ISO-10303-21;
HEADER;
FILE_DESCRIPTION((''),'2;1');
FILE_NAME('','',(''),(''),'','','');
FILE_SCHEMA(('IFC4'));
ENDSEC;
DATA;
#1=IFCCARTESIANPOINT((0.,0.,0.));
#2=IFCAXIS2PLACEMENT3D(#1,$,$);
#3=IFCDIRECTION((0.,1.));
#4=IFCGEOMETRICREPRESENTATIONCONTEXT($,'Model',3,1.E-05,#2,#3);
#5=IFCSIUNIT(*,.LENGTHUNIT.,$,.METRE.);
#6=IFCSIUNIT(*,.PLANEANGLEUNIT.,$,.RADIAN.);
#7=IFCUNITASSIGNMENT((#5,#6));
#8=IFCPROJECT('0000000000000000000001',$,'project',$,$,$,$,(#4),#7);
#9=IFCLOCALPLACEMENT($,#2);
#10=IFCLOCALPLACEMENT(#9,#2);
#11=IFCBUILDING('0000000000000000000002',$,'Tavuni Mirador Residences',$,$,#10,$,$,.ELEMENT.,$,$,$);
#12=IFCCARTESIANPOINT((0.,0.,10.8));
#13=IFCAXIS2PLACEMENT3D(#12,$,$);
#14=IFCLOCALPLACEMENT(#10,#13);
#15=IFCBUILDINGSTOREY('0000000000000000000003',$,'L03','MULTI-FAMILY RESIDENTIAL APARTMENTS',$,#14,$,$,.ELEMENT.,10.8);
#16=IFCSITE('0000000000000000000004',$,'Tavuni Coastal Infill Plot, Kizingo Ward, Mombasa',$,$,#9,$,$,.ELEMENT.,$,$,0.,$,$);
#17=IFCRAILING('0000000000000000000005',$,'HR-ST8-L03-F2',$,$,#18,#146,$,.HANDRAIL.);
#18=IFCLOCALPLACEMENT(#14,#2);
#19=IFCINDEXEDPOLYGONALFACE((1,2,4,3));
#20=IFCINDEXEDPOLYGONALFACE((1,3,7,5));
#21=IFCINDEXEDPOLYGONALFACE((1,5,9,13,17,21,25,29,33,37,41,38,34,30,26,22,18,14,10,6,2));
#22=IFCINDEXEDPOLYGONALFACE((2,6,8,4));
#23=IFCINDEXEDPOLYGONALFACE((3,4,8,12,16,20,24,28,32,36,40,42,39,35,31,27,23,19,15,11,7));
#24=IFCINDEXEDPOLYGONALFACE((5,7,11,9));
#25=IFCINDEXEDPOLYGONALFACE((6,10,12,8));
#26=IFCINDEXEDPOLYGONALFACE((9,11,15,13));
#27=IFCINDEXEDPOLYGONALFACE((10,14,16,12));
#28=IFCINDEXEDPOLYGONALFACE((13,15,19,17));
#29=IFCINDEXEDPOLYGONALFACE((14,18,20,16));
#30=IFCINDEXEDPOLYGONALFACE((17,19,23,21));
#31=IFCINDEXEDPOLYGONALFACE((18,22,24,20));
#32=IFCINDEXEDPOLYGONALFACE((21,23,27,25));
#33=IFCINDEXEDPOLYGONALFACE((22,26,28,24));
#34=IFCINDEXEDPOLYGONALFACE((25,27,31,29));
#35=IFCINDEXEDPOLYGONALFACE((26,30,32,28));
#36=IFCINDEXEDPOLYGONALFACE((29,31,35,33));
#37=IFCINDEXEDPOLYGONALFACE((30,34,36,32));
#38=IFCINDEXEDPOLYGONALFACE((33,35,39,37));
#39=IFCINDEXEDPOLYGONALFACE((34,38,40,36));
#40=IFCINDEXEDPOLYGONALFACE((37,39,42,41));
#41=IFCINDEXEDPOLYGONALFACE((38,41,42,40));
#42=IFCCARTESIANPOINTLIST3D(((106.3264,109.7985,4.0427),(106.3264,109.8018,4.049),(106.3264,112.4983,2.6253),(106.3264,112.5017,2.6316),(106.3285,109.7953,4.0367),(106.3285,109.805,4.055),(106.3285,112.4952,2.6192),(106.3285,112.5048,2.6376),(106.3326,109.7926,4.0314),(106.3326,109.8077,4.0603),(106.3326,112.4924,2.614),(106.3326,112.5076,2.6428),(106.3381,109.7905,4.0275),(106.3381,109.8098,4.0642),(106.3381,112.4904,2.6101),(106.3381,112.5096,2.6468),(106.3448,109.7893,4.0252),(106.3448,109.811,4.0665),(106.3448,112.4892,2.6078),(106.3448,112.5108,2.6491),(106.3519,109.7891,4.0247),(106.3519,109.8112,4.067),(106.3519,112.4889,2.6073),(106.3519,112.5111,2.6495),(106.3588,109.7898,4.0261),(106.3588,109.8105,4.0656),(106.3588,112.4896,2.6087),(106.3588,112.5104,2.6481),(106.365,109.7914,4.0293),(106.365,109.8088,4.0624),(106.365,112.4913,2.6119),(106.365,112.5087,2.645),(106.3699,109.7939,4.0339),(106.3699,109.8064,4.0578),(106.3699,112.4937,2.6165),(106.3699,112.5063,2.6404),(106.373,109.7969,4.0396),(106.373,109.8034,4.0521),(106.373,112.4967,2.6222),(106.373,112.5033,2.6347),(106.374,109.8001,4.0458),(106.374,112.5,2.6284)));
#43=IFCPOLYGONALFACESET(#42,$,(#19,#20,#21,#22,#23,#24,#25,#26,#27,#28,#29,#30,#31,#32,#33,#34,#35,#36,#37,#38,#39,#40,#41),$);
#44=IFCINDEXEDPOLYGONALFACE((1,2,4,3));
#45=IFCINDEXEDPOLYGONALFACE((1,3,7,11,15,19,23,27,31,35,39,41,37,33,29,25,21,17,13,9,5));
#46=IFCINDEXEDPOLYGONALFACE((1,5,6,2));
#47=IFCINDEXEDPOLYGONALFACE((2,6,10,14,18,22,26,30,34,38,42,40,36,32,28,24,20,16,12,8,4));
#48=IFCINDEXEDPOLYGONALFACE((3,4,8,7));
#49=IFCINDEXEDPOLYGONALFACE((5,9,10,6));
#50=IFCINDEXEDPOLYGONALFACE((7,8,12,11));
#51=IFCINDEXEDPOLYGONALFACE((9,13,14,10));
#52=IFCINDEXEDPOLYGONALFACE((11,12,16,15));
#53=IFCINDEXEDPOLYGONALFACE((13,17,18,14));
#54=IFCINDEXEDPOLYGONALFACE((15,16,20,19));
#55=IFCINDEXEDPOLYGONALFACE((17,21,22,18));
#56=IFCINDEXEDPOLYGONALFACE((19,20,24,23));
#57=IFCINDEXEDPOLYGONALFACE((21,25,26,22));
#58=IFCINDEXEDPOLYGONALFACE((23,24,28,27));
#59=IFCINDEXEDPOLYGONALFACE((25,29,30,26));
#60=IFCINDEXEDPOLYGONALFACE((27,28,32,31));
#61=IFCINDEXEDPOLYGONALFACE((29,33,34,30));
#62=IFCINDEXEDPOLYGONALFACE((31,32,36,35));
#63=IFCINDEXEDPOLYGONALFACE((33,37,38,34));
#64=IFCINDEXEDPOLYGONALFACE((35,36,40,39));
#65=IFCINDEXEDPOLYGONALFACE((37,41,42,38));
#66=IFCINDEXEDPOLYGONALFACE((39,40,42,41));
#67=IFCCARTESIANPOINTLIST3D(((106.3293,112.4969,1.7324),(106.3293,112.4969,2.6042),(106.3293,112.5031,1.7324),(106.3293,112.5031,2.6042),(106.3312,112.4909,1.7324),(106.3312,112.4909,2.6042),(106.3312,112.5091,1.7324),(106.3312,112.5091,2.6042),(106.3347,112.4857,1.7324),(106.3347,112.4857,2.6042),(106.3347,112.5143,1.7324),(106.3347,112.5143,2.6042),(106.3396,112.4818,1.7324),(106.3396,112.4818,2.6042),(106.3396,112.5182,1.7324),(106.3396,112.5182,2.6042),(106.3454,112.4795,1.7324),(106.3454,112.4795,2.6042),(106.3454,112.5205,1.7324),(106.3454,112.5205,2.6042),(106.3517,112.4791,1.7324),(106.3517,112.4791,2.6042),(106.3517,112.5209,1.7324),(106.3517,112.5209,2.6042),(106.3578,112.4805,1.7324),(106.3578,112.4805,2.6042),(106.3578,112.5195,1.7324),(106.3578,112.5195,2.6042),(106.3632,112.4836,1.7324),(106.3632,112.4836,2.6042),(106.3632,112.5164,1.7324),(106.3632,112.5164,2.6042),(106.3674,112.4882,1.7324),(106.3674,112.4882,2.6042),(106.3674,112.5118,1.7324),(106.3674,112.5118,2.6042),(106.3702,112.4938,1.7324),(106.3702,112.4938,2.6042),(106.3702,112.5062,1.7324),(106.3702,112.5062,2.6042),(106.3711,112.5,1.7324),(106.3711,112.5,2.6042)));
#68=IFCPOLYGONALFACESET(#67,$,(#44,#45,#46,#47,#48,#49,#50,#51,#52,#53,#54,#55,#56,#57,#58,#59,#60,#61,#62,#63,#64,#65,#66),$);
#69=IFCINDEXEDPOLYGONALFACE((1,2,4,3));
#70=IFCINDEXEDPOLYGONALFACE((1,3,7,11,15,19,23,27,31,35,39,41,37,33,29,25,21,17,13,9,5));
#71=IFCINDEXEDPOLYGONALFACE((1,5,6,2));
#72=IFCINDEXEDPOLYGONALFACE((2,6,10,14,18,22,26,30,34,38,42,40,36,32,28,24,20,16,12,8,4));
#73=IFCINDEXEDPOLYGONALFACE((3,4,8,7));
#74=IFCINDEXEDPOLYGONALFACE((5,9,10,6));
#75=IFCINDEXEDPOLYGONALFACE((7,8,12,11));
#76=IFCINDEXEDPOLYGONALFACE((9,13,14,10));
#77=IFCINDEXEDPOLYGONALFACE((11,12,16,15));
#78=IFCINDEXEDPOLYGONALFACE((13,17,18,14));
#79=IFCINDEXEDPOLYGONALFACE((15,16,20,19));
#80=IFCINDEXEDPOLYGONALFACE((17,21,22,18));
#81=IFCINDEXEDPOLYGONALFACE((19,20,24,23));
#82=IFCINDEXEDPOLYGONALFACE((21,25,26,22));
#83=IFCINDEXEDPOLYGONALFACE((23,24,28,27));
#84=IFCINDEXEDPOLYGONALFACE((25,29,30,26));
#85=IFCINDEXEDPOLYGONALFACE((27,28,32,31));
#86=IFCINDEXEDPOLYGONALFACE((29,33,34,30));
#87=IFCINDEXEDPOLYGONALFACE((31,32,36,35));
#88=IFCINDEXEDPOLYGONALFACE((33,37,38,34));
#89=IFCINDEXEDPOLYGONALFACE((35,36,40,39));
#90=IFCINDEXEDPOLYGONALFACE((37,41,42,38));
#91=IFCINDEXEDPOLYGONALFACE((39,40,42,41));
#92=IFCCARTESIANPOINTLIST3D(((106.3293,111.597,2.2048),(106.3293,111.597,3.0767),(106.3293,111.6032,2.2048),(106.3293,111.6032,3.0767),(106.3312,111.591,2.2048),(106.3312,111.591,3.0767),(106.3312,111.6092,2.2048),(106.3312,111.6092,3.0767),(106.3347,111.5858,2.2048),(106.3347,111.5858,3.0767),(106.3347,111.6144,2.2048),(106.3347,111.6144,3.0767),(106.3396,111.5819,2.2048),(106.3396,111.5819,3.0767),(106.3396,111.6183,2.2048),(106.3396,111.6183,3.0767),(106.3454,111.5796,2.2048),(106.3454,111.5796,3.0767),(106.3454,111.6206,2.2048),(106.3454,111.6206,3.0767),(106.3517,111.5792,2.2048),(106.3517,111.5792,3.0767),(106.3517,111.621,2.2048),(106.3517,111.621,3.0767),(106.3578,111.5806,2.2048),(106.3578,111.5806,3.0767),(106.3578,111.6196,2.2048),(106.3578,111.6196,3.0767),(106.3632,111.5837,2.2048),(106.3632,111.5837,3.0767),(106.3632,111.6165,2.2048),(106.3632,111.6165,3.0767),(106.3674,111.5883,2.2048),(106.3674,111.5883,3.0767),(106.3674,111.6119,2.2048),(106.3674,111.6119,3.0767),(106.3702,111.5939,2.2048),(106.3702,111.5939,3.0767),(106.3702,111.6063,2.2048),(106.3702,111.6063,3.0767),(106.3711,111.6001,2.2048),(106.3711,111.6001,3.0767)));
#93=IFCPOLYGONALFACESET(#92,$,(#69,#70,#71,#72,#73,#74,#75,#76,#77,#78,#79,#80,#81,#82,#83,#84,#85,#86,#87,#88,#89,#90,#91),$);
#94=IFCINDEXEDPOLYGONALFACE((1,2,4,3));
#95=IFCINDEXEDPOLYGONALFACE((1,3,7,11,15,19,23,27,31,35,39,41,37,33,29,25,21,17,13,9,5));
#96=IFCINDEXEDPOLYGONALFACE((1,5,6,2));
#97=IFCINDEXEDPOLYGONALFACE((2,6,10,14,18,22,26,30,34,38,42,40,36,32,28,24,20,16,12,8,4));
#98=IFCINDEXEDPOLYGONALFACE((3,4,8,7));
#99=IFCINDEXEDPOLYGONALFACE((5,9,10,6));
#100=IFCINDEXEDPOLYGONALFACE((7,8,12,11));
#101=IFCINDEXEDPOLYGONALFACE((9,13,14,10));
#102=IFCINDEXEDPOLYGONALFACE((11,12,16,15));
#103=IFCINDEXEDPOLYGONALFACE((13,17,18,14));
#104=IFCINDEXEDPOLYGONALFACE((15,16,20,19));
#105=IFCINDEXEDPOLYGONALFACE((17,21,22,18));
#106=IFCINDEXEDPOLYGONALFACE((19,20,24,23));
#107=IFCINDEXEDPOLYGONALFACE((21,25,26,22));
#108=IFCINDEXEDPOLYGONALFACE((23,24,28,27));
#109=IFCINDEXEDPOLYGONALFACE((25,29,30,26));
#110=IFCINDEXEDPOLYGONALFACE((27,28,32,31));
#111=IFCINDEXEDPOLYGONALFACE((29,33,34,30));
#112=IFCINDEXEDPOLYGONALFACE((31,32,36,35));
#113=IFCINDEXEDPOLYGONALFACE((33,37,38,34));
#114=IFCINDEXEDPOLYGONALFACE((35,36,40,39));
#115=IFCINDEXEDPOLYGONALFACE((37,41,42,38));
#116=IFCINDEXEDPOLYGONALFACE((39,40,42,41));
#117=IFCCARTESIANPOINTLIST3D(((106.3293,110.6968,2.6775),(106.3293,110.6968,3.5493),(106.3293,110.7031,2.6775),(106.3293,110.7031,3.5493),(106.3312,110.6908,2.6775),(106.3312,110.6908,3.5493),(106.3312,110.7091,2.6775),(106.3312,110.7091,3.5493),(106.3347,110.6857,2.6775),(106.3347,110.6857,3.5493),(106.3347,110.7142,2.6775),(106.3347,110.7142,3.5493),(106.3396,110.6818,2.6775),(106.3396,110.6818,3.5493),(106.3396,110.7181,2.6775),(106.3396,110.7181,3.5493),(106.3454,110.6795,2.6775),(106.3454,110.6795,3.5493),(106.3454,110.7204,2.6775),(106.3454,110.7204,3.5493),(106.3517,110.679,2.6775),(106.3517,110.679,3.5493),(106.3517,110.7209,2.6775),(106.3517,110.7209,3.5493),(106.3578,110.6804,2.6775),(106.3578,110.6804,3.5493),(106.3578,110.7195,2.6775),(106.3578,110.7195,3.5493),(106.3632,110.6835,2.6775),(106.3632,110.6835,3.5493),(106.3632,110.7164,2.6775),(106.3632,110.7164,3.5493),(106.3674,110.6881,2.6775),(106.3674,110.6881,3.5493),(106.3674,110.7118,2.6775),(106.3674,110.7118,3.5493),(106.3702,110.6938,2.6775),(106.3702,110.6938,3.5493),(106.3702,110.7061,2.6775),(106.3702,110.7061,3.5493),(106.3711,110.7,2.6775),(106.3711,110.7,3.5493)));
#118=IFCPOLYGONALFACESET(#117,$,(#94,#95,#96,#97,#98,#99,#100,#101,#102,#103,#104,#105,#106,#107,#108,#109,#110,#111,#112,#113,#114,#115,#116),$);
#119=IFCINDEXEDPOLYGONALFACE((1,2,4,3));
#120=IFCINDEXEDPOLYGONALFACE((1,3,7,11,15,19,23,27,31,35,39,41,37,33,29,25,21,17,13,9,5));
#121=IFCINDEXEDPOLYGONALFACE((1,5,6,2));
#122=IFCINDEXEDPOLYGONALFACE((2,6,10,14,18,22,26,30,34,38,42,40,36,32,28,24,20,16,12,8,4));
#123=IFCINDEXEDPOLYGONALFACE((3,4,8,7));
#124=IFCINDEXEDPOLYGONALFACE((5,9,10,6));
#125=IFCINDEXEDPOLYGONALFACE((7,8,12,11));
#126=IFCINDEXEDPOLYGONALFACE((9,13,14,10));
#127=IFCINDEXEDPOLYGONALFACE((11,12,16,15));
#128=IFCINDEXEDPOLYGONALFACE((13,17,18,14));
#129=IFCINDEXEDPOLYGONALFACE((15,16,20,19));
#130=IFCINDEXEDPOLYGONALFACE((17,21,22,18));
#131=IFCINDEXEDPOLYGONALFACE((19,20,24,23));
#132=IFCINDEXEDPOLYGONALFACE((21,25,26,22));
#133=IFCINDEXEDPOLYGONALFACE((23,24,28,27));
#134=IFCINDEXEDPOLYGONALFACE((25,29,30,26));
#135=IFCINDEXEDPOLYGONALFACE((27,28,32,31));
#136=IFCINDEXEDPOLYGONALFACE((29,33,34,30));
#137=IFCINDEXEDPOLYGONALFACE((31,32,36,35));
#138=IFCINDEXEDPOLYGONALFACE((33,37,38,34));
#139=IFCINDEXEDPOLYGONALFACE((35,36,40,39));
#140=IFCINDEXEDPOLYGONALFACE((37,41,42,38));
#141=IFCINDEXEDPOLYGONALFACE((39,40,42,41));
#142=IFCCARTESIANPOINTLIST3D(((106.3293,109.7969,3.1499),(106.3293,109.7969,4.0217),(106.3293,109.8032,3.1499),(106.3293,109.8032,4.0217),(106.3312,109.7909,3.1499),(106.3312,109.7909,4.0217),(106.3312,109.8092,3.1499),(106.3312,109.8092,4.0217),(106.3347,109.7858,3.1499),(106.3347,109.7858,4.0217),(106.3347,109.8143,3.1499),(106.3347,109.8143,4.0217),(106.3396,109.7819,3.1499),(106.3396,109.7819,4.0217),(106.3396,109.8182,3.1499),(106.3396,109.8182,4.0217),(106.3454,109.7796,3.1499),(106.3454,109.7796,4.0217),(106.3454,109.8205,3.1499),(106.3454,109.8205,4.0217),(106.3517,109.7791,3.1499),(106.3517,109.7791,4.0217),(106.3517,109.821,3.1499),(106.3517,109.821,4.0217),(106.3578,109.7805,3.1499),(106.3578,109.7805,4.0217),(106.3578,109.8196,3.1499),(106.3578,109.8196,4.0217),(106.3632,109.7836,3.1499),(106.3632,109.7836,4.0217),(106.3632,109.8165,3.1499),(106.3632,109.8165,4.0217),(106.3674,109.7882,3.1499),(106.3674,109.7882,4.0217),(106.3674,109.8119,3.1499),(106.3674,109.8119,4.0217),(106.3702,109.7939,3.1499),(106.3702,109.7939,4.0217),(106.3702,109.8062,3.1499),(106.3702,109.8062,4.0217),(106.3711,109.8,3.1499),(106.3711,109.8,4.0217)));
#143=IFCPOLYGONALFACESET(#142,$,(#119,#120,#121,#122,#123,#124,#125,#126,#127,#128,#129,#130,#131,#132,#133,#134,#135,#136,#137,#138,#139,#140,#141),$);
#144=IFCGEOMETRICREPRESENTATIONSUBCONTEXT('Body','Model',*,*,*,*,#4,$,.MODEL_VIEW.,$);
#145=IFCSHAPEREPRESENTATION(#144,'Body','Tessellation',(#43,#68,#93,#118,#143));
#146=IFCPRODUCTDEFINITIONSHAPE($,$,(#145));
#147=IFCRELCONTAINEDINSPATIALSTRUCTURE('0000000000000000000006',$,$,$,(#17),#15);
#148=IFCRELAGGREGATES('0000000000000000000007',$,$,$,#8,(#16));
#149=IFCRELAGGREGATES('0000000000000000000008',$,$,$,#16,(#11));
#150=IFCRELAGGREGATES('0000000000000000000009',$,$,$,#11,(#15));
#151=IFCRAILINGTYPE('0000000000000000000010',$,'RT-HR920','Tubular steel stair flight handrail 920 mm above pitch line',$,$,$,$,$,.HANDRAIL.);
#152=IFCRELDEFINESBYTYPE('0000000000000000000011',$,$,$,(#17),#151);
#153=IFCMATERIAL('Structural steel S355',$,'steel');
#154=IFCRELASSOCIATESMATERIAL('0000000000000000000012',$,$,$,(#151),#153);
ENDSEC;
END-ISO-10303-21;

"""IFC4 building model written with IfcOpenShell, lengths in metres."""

from ifc_helpers import new_model, si_unit, direction, frame, origin, origin_2d, place, context, subcontext, project, spatial, circle, extrude, material, type_object, element, save


model = new_model("IFC4")

# Units and contexts
model_context = context("Model", 3, precision=1e-05, world=origin(), true_north=direction((0.0, 1.0)))
body_context = subcontext(model_context, "Body", "Model", "MODEL_VIEW")
ifc_project = project(units=[si_unit("LENGTHUNIT", "METRE"), si_unit("PLANEANGLEUNIT", "RADIAN")], contexts=[model_context])

# Site, building, storey
site_placement = place(None, origin())
site = spatial("IfcSite", under=ifc_project, at=site_placement, Name="Tavuni Coastal Infill Plot, Kizingo Ward, Mombasa", CompositionType="ELEMENT", RefElevation=0.0)
building_placement = place(site_placement, origin())
building = spatial("IfcBuilding", under=site, at=building_placement, Name="Tavuni Mirador Residences", CompositionType="ELEMENT")
storey_placement = place(building_placement, frame((0.0, 0.0, 10.8)))
storey = spatial("IfcBuildingStorey", under=building, at=storey_placement, Name="L03", Description="MULTI-FAMILY RESIDENTIAL APARTMENTS", CompositionType="ELEMENT", Elevation=10.8)

# Shared definitions
ifc_material_1 = material(Name="Structural steel S355", Category="steel")

# Railing
railing_type_1 = type_object("IfcRailingType", Name="RT-HR920", Description="Tubular steel stair flight handrail 920 mm above pitch line", PredefinedType="HANDRAIL", material=ifc_material_1)
railing_1_placement = place(storey_placement, frame((106.3501, 112.5, 1.7324)))
element("IfcRailing", 1, at=railing_1_placement, inside=storey, type_object=railing_type_1, Name="HR-ST8-L03-F2", PredefinedType="HANDRAIL", context=body_context, shape_type="SweptSolid", body=[
    extrude(circle(Radius=0.0239, at=origin_2d()), frame((0.0, 0.0, 0.896), z_axis=(0.0, -0.885397, 0.464835), x_axis=(1.0, 0.0, 0.0)), (0.0, 0.0, 1.0), 3.0493),
    extrude(circle(Radius=0.021, at=origin_2d()), origin(), (0.0, 0.0, 1.0), 0.8718),
    extrude(circle(Radius=0.021, at=origin_2d()), frame((0.0, -0.8999, 0.4724)), (0.0, 0.0, 1.0), 0.8718),
    extrude(circle(Radius=0.021, at=origin_2d()), frame((0.0, -1.8, 0.9451)), (0.0, 0.0, 1.0), 0.8718),
    extrude(circle(Radius=0.021, at=origin_2d()), frame((0.0, -2.7, 1.4175)), (0.0, 0.0, 1.0), 0.8718),
])

save(model, "model.ifc")
